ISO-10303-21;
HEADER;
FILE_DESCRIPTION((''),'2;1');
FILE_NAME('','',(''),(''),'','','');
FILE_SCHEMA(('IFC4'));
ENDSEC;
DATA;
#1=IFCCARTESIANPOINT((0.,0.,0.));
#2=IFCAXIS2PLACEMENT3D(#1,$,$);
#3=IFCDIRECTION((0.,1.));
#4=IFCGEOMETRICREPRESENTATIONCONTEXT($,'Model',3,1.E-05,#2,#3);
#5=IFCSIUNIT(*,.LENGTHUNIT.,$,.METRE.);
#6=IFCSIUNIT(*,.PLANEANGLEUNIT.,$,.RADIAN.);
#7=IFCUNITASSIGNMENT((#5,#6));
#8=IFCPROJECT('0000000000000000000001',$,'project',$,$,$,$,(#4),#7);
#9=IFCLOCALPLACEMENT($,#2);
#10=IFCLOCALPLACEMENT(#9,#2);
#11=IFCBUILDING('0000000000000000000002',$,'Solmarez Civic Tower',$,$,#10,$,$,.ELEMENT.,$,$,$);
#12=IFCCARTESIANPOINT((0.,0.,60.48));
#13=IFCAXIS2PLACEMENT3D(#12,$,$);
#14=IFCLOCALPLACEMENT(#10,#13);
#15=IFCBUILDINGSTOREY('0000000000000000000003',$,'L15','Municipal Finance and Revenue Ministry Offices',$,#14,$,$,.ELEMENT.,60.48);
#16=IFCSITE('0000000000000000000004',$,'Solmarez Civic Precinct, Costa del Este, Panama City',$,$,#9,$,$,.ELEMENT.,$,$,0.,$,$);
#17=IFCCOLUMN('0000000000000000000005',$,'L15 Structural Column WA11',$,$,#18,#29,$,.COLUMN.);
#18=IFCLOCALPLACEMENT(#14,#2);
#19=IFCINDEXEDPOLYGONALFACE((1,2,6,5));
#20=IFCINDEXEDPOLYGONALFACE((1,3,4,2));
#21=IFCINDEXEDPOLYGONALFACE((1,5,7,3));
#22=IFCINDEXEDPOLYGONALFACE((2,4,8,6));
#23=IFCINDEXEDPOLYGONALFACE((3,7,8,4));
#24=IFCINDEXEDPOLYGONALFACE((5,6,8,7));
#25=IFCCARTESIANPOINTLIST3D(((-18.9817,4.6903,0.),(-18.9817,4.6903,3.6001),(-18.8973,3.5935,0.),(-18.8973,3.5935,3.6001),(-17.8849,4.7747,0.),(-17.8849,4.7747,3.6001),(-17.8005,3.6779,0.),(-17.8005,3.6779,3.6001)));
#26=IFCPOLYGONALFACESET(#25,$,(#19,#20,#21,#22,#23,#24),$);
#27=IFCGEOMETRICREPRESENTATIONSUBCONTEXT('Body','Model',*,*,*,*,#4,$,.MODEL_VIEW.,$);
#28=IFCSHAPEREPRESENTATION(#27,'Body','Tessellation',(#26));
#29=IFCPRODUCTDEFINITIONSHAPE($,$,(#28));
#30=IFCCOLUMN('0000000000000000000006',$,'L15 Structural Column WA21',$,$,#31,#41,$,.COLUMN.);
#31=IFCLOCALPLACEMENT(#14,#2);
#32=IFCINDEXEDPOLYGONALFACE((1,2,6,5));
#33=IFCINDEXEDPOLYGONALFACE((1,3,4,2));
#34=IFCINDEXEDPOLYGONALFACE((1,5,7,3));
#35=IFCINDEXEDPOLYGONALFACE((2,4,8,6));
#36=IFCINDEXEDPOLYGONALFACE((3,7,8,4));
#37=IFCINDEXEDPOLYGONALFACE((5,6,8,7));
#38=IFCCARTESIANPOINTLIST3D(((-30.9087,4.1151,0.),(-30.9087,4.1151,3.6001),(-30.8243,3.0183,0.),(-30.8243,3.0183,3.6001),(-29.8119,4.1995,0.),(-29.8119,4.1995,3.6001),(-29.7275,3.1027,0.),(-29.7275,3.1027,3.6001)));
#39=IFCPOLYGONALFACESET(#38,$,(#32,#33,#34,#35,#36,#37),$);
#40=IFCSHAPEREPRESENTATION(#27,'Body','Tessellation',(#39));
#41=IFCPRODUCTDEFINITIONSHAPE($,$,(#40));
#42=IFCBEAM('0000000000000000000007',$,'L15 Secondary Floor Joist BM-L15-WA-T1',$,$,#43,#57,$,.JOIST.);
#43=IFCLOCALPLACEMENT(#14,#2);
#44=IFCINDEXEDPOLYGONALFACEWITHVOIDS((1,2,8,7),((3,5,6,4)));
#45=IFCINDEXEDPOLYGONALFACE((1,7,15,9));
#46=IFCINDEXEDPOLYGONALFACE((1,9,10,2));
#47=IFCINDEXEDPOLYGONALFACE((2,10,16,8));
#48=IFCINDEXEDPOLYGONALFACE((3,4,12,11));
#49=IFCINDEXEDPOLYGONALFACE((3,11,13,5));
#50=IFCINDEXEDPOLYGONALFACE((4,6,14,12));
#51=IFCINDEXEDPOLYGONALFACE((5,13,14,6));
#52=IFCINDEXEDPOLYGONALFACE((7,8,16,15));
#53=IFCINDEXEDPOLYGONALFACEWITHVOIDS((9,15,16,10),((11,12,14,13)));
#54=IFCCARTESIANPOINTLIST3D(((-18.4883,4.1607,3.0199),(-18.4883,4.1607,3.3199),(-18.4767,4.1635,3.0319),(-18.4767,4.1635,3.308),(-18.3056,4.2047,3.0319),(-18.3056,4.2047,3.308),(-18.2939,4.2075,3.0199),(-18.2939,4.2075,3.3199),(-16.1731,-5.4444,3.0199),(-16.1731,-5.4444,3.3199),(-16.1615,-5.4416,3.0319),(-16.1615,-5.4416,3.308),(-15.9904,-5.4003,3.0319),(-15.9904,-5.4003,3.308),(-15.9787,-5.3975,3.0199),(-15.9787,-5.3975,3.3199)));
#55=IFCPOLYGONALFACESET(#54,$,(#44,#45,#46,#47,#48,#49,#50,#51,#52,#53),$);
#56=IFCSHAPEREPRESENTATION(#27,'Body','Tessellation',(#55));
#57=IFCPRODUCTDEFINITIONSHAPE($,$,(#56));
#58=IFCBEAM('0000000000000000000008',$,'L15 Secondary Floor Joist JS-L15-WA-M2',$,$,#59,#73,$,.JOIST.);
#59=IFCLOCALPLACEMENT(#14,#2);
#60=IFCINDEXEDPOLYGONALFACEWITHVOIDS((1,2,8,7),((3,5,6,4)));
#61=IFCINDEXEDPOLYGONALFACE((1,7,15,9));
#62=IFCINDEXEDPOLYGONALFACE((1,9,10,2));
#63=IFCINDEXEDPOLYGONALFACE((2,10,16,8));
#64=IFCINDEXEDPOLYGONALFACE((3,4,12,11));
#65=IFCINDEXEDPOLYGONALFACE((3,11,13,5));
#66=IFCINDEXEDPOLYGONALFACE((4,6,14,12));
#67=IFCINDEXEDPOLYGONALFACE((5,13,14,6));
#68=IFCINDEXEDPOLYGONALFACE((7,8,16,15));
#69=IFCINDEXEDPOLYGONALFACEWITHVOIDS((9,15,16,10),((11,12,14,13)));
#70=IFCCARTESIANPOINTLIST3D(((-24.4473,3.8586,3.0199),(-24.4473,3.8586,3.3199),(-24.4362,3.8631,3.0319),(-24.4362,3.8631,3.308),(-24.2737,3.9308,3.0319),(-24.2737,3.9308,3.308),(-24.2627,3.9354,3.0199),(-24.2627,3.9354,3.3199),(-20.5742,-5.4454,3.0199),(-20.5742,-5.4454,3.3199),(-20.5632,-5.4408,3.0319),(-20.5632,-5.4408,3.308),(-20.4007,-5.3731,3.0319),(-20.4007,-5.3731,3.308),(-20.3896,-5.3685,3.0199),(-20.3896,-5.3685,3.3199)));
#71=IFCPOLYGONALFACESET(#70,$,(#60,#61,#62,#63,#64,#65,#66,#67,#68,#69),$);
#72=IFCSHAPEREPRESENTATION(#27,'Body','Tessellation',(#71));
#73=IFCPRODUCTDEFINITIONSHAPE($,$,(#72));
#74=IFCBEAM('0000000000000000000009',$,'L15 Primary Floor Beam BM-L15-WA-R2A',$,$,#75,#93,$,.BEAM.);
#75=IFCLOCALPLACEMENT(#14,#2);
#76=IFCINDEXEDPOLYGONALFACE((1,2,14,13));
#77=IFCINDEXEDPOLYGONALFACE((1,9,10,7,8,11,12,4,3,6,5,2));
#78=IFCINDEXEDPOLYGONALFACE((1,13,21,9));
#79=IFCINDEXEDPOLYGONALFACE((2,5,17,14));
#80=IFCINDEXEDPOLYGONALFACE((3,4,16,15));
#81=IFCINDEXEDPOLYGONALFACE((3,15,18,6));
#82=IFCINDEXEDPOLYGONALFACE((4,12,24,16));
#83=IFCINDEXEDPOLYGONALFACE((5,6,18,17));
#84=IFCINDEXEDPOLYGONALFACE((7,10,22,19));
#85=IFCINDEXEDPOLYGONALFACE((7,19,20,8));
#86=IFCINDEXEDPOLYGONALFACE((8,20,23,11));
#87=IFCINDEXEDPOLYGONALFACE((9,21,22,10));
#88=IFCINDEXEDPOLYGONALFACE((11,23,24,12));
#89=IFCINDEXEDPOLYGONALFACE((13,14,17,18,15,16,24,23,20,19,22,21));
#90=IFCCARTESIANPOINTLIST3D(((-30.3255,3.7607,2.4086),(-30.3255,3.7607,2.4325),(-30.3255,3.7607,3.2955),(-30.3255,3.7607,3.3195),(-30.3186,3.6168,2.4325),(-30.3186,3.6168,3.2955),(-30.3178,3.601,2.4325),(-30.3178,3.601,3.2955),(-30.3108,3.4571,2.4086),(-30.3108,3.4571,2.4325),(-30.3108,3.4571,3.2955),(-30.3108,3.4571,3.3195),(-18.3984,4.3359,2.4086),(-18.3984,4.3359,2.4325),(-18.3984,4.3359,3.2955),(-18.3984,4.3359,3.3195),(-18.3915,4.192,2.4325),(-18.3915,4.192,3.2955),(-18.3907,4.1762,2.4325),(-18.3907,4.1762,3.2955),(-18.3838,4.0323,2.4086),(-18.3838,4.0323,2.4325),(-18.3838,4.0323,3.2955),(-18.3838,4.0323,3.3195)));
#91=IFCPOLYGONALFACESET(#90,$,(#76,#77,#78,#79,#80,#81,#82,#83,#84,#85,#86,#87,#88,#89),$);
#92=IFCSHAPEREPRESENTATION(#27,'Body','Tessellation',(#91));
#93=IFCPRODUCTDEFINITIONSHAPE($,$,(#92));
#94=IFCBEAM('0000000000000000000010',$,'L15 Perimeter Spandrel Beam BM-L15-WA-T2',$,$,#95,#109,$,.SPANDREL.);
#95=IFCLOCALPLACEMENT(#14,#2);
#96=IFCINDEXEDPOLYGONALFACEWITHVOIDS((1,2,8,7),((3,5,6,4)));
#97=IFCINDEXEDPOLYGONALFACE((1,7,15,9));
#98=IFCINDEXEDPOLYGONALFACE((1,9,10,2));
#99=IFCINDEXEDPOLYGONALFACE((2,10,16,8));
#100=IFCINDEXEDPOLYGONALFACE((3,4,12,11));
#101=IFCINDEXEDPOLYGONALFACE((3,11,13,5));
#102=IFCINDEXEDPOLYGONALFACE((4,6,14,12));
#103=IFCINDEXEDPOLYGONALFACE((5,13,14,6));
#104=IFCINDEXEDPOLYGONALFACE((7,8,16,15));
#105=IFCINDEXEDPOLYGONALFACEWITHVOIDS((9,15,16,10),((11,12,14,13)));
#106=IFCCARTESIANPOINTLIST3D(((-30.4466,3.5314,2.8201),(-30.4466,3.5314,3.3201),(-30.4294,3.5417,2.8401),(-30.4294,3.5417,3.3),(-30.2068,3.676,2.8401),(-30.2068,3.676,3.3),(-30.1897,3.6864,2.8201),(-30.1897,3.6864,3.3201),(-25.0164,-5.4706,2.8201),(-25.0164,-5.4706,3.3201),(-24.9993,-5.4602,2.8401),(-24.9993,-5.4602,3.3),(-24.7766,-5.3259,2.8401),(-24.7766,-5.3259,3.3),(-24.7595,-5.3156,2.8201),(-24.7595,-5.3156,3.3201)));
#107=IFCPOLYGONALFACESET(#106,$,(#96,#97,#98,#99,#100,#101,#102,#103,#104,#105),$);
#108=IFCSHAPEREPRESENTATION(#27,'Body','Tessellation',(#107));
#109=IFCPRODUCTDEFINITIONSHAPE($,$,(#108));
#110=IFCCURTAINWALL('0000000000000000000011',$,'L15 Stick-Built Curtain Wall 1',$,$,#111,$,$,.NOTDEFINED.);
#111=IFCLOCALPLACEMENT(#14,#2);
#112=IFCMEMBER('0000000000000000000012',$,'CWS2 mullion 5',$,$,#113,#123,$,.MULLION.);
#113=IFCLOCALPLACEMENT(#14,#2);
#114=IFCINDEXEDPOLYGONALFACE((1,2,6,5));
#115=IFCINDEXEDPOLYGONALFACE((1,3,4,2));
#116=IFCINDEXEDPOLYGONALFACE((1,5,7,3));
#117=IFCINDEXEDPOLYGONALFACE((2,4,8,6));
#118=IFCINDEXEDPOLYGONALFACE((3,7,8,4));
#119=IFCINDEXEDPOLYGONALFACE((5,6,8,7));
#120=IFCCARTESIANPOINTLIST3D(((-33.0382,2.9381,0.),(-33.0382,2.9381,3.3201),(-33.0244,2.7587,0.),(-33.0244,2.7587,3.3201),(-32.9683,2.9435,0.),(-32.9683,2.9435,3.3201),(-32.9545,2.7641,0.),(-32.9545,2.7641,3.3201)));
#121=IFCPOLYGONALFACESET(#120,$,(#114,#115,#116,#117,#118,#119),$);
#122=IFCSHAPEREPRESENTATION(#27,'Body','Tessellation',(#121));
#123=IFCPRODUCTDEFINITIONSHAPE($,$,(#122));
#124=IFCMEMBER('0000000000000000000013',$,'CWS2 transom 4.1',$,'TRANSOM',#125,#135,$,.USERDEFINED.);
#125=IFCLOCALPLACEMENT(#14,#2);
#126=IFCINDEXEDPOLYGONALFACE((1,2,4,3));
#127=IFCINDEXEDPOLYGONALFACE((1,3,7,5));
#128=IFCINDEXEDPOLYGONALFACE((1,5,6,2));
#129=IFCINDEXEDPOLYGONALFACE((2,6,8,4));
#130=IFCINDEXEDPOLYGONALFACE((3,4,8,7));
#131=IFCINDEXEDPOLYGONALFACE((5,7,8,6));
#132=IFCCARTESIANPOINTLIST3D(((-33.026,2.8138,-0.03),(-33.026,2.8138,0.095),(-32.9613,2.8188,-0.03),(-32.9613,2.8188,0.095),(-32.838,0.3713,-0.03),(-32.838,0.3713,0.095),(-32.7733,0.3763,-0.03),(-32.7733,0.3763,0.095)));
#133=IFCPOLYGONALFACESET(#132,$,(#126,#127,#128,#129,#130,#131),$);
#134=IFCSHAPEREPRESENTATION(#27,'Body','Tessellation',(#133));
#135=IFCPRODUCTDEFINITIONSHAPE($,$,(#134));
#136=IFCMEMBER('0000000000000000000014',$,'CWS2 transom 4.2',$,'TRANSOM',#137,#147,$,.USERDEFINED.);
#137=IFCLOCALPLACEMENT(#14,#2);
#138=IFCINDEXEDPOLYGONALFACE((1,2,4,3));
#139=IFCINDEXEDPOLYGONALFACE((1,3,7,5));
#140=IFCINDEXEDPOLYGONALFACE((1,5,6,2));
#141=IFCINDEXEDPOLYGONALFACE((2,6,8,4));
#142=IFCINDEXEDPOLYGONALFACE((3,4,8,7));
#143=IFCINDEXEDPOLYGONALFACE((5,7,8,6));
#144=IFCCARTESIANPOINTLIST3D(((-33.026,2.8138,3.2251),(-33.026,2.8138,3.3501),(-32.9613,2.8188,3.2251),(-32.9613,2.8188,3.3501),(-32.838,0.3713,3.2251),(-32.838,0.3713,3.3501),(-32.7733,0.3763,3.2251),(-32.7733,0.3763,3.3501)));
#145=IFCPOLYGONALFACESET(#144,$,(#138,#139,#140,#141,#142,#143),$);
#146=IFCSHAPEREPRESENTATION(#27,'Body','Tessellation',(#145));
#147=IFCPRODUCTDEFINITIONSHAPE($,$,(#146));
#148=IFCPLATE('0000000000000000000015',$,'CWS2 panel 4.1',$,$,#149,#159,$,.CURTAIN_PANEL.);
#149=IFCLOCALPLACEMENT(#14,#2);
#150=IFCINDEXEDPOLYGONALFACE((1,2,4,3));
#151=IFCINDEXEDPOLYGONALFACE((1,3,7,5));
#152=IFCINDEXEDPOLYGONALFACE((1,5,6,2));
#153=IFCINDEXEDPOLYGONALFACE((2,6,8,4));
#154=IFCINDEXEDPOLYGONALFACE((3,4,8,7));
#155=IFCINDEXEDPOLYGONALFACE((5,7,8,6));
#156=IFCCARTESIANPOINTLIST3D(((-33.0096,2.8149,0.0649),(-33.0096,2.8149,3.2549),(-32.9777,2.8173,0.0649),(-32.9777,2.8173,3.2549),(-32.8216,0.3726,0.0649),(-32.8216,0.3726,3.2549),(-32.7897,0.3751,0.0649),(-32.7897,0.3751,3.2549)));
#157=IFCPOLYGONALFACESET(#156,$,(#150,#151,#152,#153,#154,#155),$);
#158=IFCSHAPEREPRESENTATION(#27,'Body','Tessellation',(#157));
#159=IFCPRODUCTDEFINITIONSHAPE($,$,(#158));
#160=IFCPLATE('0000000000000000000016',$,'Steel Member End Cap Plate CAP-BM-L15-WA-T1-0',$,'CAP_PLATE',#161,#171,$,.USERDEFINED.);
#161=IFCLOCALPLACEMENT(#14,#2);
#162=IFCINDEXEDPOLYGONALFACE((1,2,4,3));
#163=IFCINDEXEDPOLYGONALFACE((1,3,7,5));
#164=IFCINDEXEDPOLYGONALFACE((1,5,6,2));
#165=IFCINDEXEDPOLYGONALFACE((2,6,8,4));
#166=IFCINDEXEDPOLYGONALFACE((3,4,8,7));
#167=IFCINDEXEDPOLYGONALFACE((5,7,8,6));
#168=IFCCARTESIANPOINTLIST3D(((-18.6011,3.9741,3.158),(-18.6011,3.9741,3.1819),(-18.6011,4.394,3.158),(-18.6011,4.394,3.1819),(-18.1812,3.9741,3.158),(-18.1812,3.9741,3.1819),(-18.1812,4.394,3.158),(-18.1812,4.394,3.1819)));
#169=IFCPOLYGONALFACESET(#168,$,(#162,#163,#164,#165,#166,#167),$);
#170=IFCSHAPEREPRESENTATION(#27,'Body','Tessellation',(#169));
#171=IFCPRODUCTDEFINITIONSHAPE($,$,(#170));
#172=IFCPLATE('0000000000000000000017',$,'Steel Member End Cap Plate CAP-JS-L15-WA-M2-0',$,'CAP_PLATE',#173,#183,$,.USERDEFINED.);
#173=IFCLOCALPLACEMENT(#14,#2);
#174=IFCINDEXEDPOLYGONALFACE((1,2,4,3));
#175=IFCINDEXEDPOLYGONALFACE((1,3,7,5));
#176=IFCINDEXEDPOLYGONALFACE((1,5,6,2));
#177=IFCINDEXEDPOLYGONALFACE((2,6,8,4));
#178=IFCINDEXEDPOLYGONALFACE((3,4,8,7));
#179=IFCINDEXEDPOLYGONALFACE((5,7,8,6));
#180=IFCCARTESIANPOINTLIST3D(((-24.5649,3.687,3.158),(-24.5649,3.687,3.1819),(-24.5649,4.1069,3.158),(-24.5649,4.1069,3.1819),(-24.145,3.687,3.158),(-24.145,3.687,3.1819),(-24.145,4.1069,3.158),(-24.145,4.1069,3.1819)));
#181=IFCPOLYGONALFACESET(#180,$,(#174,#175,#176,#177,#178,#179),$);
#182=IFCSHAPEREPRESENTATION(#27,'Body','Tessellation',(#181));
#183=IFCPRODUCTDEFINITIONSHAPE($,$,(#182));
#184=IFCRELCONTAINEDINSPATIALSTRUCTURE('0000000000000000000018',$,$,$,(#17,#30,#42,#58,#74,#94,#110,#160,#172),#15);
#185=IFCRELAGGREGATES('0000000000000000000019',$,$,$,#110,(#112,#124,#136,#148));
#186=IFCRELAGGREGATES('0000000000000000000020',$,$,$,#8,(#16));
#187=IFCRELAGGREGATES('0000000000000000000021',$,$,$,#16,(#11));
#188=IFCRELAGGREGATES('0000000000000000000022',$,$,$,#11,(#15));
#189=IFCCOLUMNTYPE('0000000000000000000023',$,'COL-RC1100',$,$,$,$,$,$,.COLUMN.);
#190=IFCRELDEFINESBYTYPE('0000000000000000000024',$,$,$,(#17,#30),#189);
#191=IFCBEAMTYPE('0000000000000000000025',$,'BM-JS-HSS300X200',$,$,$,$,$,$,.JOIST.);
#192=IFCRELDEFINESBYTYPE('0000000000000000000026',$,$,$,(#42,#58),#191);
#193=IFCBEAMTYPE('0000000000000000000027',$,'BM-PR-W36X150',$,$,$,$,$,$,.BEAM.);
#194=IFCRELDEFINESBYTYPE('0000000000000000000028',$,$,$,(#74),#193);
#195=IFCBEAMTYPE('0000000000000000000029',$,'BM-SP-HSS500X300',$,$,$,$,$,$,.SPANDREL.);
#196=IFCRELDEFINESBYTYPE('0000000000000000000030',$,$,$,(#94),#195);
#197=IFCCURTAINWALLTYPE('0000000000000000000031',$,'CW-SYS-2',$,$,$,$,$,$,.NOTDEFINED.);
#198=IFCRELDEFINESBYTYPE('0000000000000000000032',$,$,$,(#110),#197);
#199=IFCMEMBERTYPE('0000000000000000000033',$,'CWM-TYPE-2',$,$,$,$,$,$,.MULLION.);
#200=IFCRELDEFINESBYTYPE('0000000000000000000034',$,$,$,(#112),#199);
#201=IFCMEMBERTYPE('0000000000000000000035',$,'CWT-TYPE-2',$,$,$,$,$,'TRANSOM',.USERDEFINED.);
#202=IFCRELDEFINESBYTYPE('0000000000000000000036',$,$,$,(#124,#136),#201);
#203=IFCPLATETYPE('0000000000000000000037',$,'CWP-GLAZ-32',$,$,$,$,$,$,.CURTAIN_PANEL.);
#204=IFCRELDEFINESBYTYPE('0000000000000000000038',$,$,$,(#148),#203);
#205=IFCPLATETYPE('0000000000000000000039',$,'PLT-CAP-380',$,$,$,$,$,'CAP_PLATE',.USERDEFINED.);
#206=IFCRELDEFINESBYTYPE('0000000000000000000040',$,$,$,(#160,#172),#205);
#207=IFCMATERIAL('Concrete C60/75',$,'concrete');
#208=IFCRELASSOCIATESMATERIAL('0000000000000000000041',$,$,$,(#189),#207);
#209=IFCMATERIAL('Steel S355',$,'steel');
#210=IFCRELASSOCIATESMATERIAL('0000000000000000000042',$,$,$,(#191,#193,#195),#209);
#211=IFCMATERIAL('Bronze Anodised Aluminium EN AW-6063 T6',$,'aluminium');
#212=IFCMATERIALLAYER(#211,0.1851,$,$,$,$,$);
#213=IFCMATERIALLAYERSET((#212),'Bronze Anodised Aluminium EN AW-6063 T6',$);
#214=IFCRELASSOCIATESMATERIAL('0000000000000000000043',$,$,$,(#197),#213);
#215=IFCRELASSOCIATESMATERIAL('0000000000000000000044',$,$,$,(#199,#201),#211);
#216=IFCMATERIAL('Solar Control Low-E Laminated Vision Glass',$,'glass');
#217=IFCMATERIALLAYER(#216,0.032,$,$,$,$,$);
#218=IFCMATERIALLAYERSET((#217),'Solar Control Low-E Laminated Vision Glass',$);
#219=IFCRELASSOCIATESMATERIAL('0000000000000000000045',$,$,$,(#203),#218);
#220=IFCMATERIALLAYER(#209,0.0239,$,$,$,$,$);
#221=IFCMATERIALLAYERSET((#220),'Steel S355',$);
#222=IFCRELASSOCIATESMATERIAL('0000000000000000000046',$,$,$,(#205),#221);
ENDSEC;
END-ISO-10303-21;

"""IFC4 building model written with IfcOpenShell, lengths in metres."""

from ifc_helpers import new_model, si_unit, direction, frame, origin, origin_2d, place, context, subcontext, project, spatial, rectangle, hollow_rectangle, i_section, extrude, material, layer, layer_set, material_profile, profile_set, type_object, element, aggregate, save


model = new_model("IFC4")

# Units and contexts
model_context = context("Model", 3, precision=1e-05, world=origin(), true_north=direction((0.0, 1.0)))
body_context = subcontext(model_context, "Body", "Model", "MODEL_VIEW")
ifc_project = project(units=[si_unit("LENGTHUNIT", "METRE"), si_unit("PLANEANGLEUNIT", "RADIAN")], contexts=[model_context])

# Site, building, storey
site_placement = place(None, origin())
site = spatial("IfcSite", under=ifc_project, at=site_placement, Name="Solmarez Civic Precinct, Costa del Este, Panama City", CompositionType="ELEMENT", RefElevation=0.0)
building_placement = place(site_placement, origin())
building = spatial("IfcBuilding", under=site, at=building_placement, Name="Solmarez Civic Tower", CompositionType="ELEMENT")
storey_placement = place(building_placement, frame((0.0, 0.0, 60.48)))
storey = spatial("IfcBuildingStorey", under=building, at=storey_placement, Name="L15", Description="Municipal Finance and Revenue Ministry Offices", CompositionType="ELEMENT", Elevation=60.48)

# Columns
ifc_material_1 = material(Name="Concrete C60/75", Category="concrete")
ifc_material_profile_1 = material_profile(ifc_material_1, rectangle(XDim=1.1001, YDim=1.1001, at=origin_2d()), Name="RC1100X1100")
ifc_profile_set_1 = profile_set([ifc_material_profile_1], Name="Concrete C60/75")
column_type = type_object("IfcColumnType", Name="COL-RC1100", PredefinedType="COLUMN", material=ifc_profile_set_1)
for number, where, z_axis, x_axis, name in (
    (1, (-18.3911, 4.1841, 0.0), (0.0, 0.0, 1.0), (0.997053, 0.076719, 0.0), "L15 Structural Column WA11"),
    (2, (-30.3181, 3.6089, 0.0), (0.0, 0.0, 1.0), (0.997053, 0.076719, 0.0), "L15 Structural Column WA21"),
):
    element("IfcColumn", number, at=place(storey_placement, frame(where, z_axis=z_axis, x_axis=x_axis)), inside=storey, type_object=column_type, Name=name, PredefinedType="COLUMN", context=body_context, shape_type="SweptSolid", body=[
        extrude(rectangle(XDim=1.1001, YDim=1.1001, at=origin_2d()), origin(), (0.0, 0.0, 1.0), 3.6001),
    ])

# Beams
ifc_material_2 = material(Name="Steel S355", Category="steel")
ifc_material_profile_2 = material_profile(ifc_material_2, hollow_rectangle(XDim=0.2, YDim=0.3, WallThickness=0.012, at=origin_2d()), Name="HSS300X200X12")
ifc_profile_set_2 = profile_set([ifc_material_profile_2], Name="Steel S355")
beam_type_1 = type_object("IfcBeamType", Name="BM-JS-HSS300X200", PredefinedType="JOIST", material=ifc_profile_set_2)
beam_1_placement = place(storey_placement, frame((-18.3911, 4.1841, 3.1699), z_axis=(0.234329, -0.972157, 0.0), x_axis=(0.972157, 0.234329, 0.0)))
element("IfcBeam", 3, at=beam_1_placement, inside=storey, type_object=beam_type_1, Name="L15 Secondary Floor Joist BM-L15-WA-T1", PredefinedType="JOIST", context=body_context, shape_type="SweptSolid", body=[
    extrude(hollow_rectangle(XDim=0.2, YDim=0.3, WallThickness=0.012, at=origin_2d()), origin(), (0.0, 0.0, 1.0), 9.8801),
])
beam_2_placement = place(storey_placement, frame((-24.355, 3.897, 3.1699), z_axis=(0.384311, -0.923204, 0.0), x_axis=(0.923204, 0.384311, 0.0)))
element("IfcBeam", 4, at=beam_2_placement, inside=storey, type_object=beam_type_1, Name="L15 Secondary Floor Joist JS-L15-WA-M2", PredefinedType="JOIST", context=body_context, shape_type="SweptSolid", body=[
    extrude(hollow_rectangle(XDim=0.2, YDim=0.3, WallThickness=0.012, at=origin_2d()), origin(), (0.0, 0.0, 1.0), 10.0779),
])
ifc_material_profile_3 = material_profile(ifc_material_2, i_section(OverallWidth=0.304, OverallDepth=0.9109, WebThickness=0.0159, FlangeThickness=0.0239, at=origin_2d()), Name="W36X150")
ifc_profile_set_3 = profile_set([ifc_material_profile_3], Name="Steel S355")
beam_type_2 = type_object("IfcBeamType", Name="BM-PR-W36X150", PredefinedType="BEAM", material=ifc_profile_set_3)
beam_3_placement = place(storey_placement, frame((-18.3911, 4.1841, 2.864), z_axis=(-0.998839, -0.04817, 0.0), x_axis=(0.04817, -0.998839, 0.0)))
element("IfcBeam", 5, at=beam_3_placement, inside=storey, type_object=beam_type_2, Name="L15 Primary Floor Beam BM-L15-WA-R2A", PredefinedType="BEAM", context=body_context, shape_type="SweptSolid", body=[
    extrude(i_section(OverallWidth=0.304, OverallDepth=0.9109, WebThickness=0.0159, FlangeThickness=0.0239, at=origin_2d()), origin(), (0.0, 0.0, 1.0), 11.9409),
])
ifc_material_profile_4 = material_profile(ifc_material_2, hollow_rectangle(XDim=0.3, YDim=0.5, WallThickness=0.02, at=origin_2d()), Name="HSS500X300X20")
ifc_profile_set_4 = profile_set([ifc_material_profile_4], Name="Steel S355")
beam_type_3 = type_object("IfcBeamType", Name="BM-SP-HSS500X300", PredefinedType="SPANDREL", material=ifc_profile_set_4)
beam_4_placement = place(storey_placement, frame((-30.3181, 3.6089, 3.0701), z_axis=(0.516523, -0.856273, 0.0), x_axis=(0.856273, 0.516523, 0.0)))
element("IfcBeam", 6, at=beam_4_placement, inside=storey, type_object=beam_type_3, Name="L15 Perimeter Spandrel Beam BM-L15-WA-T2", PredefinedType="SPANDREL", context=body_context, shape_type="SweptSolid", body=[
    extrude(hollow_rectangle(XDim=0.3, YDim=0.5, WallThickness=0.02, at=origin_2d()), origin(), (0.0, 0.0, 1.0), 10.5129),
])

# Curtain wall, members, plate
ifc_material_3 = material(Name="Bronze Anodised Aluminium EN AW-6063 T6", Category="aluminium")
ifc_layer_1 = layer(ifc_material_3, 0.1851)
ifc_layer_set_1 = layer_set([ifc_layer_1], Name="Bronze Anodised Aluminium EN AW-6063 T6")
curtain_wall_type = type_object("IfcCurtainWallType", Name="CW-SYS-2", PredefinedType="NOTDEFINED", material=ifc_layer_set_1)
curtain_wall_placement = place(storey_placement, origin())
curtain_wall = element("IfcCurtainWall", 7, at=curtain_wall_placement, inside=storey, type_object=curtain_wall_type, Name="L15 Stick-Built Curtain Wall 1", PredefinedType="NOTDEFINED")
ifc_material_profile_5 = material_profile(ifc_material_3, rectangle(XDim=0.0701, YDim=0.1799, at=origin_2d()), Name="CWM-70X180")
ifc_profile_set_5 = profile_set([ifc_material_profile_5], Name="Bronze Anodised Aluminium EN AW-6063 T6")
member_type_1 = type_object("IfcMemberType", Name="CWM-TYPE-2", PredefinedType="MULLION", material=ifc_profile_set_5)
member_1_placement = place(storey_placement, frame((-32.9963, 2.8511, 0.0), z_axis=(0.0, 0.0, 1.0), x_axis=(-0.997052, -0.076726, 0.0)))
member_1 = element("IfcMember", 8, at=member_1_placement, type_object=member_type_1, Name="CWS2 mullion 5", PredefinedType="MULLION", context=body_context, shape_type="SweptSolid", body=[
    extrude(rectangle(XDim=0.0701, YDim=0.1799, at=origin_2d()), origin(), (0.0, 0.0, 1.0), 3.3201),
])
ifc_material_profile_6 = material_profile(ifc_material_3, rectangle(XDim=0.0649, YDim=0.125, at=origin_2d()), Name="CWT-65X125")
ifc_profile_set_6 = profile_set([ifc_material_profile_6], Name="Bronze Anodised Aluminium EN AW-6063 T6")
member_type_2 = type_object("IfcMemberType", Name="CWT-TYPE-2", ElementType="TRANSOM", PredefinedType="USERDEFINED", material=ifc_profile_set_6)
member_2_placement = place(storey_placement, frame((-32.8057, 0.3738, 0.0325), z_axis=(-0.076742, 0.997051, 0.0), x_axis=(-0.997051, -0.076742, 0.0)))
member_2 = element("IfcMember", 9, at=member_2_placement, type_object=member_type_2, Name="CWS2 transom 4.1", ObjectType="TRANSOM", PredefinedType="USERDEFINED", context=body_context, shape_type="SweptSolid", body=[
    extrude(rectangle(XDim=0.0649, YDim=0.125, at=origin_2d()), origin(), (0.0, 0.0, 1.0), 2.4497),
])
member_3_placement = place(storey_placement, frame((-32.8057, 0.3738, 3.2876), z_axis=(-0.076742, 0.997051, 0.0), x_axis=(-0.997051, -0.076742, 0.0)))
member_3 = element("IfcMember", 10, at=member_3_placement, type_object=member_type_2, Name="CWS2 transom 4.2", ObjectType="TRANSOM", PredefinedType="USERDEFINED", context=body_context, shape_type="SweptSolid", body=[
    extrude(rectangle(XDim=0.0649, YDim=0.125, at=origin_2d()), origin(), (0.0, 0.0, 1.0), 2.4497),
])
ifc_material_4 = material(Name="Solar Control Low-E Laminated Vision Glass", Category="glass")
ifc_layer_2 = layer(ifc_material_4, 0.032)
ifc_layer_set_2 = layer_set([ifc_layer_2], Name="Solar Control Low-E Laminated Vision Glass")
plate_type_1 = type_object("IfcPlateType", Name="CWP-GLAZ-32", PredefinedType="CURTAIN_PANEL", material=ifc_layer_set_2)
plate_1_placement = place(storey_placement, frame((-32.8997, 1.595, 0.0649), z_axis=(0.0, 0.0, 1.0), x_axis=(-0.076726, 0.997052, 0.0)))
plate_1 = element("IfcPlate", 11, at=plate_1_placement, type_object=plate_type_1, Name="CWS2 panel 4.1", PredefinedType="CURTAIN_PANEL", context=body_context, shape_type="SweptSolid", body=[
    extrude(rectangle(XDim=2.4495, YDim=0.032, at=origin_2d()), origin(), (0.0, 0.0, 1.0), 3.1899),
])
aggregate(curtain_wall, [member_1, member_2, member_3, plate_1])

# Plates
ifc_layer_3 = layer(ifc_material_2, 0.0239)
ifc_layer_set_3 = layer_set([ifc_layer_3], Name="Steel S355")
plate_type_2 = type_object("IfcPlateType", Name="PLT-CAP-380", ElementType="CAP_PLATE", PredefinedType="USERDEFINED", material=ifc_layer_set_3)
for number, where, z_axis, x_axis, name in (
    (12, (-18.3911, 4.1841, 3.158), (0.0, 0.0, 1.0), (1.0, 0.0, 0.0), "Steel Member End Cap Plate CAP-BM-L15-WA-T1-0"),
    (13, (-24.355, 3.897, 3.158), (0.0, 0.0, 1.0), (1.0, 0.0, 0.0), "Steel Member End Cap Plate CAP-JS-L15-WA-M2-0"),
):
    element("IfcPlate", number, at=place(storey_placement, frame(where, z_axis=z_axis, x_axis=x_axis)), inside=storey, type_object=plate_type_2, Name=name, ObjectType="CAP_PLATE", PredefinedType="USERDEFINED", context=body_context, shape_type="SweptSolid", body=[
        extrude(rectangle(XDim=0.4199, YDim=0.4199, at=origin_2d()), origin(), (0.0, 0.0, 1.0), 0.0239),
    ])

save(model, "model.ifc")
